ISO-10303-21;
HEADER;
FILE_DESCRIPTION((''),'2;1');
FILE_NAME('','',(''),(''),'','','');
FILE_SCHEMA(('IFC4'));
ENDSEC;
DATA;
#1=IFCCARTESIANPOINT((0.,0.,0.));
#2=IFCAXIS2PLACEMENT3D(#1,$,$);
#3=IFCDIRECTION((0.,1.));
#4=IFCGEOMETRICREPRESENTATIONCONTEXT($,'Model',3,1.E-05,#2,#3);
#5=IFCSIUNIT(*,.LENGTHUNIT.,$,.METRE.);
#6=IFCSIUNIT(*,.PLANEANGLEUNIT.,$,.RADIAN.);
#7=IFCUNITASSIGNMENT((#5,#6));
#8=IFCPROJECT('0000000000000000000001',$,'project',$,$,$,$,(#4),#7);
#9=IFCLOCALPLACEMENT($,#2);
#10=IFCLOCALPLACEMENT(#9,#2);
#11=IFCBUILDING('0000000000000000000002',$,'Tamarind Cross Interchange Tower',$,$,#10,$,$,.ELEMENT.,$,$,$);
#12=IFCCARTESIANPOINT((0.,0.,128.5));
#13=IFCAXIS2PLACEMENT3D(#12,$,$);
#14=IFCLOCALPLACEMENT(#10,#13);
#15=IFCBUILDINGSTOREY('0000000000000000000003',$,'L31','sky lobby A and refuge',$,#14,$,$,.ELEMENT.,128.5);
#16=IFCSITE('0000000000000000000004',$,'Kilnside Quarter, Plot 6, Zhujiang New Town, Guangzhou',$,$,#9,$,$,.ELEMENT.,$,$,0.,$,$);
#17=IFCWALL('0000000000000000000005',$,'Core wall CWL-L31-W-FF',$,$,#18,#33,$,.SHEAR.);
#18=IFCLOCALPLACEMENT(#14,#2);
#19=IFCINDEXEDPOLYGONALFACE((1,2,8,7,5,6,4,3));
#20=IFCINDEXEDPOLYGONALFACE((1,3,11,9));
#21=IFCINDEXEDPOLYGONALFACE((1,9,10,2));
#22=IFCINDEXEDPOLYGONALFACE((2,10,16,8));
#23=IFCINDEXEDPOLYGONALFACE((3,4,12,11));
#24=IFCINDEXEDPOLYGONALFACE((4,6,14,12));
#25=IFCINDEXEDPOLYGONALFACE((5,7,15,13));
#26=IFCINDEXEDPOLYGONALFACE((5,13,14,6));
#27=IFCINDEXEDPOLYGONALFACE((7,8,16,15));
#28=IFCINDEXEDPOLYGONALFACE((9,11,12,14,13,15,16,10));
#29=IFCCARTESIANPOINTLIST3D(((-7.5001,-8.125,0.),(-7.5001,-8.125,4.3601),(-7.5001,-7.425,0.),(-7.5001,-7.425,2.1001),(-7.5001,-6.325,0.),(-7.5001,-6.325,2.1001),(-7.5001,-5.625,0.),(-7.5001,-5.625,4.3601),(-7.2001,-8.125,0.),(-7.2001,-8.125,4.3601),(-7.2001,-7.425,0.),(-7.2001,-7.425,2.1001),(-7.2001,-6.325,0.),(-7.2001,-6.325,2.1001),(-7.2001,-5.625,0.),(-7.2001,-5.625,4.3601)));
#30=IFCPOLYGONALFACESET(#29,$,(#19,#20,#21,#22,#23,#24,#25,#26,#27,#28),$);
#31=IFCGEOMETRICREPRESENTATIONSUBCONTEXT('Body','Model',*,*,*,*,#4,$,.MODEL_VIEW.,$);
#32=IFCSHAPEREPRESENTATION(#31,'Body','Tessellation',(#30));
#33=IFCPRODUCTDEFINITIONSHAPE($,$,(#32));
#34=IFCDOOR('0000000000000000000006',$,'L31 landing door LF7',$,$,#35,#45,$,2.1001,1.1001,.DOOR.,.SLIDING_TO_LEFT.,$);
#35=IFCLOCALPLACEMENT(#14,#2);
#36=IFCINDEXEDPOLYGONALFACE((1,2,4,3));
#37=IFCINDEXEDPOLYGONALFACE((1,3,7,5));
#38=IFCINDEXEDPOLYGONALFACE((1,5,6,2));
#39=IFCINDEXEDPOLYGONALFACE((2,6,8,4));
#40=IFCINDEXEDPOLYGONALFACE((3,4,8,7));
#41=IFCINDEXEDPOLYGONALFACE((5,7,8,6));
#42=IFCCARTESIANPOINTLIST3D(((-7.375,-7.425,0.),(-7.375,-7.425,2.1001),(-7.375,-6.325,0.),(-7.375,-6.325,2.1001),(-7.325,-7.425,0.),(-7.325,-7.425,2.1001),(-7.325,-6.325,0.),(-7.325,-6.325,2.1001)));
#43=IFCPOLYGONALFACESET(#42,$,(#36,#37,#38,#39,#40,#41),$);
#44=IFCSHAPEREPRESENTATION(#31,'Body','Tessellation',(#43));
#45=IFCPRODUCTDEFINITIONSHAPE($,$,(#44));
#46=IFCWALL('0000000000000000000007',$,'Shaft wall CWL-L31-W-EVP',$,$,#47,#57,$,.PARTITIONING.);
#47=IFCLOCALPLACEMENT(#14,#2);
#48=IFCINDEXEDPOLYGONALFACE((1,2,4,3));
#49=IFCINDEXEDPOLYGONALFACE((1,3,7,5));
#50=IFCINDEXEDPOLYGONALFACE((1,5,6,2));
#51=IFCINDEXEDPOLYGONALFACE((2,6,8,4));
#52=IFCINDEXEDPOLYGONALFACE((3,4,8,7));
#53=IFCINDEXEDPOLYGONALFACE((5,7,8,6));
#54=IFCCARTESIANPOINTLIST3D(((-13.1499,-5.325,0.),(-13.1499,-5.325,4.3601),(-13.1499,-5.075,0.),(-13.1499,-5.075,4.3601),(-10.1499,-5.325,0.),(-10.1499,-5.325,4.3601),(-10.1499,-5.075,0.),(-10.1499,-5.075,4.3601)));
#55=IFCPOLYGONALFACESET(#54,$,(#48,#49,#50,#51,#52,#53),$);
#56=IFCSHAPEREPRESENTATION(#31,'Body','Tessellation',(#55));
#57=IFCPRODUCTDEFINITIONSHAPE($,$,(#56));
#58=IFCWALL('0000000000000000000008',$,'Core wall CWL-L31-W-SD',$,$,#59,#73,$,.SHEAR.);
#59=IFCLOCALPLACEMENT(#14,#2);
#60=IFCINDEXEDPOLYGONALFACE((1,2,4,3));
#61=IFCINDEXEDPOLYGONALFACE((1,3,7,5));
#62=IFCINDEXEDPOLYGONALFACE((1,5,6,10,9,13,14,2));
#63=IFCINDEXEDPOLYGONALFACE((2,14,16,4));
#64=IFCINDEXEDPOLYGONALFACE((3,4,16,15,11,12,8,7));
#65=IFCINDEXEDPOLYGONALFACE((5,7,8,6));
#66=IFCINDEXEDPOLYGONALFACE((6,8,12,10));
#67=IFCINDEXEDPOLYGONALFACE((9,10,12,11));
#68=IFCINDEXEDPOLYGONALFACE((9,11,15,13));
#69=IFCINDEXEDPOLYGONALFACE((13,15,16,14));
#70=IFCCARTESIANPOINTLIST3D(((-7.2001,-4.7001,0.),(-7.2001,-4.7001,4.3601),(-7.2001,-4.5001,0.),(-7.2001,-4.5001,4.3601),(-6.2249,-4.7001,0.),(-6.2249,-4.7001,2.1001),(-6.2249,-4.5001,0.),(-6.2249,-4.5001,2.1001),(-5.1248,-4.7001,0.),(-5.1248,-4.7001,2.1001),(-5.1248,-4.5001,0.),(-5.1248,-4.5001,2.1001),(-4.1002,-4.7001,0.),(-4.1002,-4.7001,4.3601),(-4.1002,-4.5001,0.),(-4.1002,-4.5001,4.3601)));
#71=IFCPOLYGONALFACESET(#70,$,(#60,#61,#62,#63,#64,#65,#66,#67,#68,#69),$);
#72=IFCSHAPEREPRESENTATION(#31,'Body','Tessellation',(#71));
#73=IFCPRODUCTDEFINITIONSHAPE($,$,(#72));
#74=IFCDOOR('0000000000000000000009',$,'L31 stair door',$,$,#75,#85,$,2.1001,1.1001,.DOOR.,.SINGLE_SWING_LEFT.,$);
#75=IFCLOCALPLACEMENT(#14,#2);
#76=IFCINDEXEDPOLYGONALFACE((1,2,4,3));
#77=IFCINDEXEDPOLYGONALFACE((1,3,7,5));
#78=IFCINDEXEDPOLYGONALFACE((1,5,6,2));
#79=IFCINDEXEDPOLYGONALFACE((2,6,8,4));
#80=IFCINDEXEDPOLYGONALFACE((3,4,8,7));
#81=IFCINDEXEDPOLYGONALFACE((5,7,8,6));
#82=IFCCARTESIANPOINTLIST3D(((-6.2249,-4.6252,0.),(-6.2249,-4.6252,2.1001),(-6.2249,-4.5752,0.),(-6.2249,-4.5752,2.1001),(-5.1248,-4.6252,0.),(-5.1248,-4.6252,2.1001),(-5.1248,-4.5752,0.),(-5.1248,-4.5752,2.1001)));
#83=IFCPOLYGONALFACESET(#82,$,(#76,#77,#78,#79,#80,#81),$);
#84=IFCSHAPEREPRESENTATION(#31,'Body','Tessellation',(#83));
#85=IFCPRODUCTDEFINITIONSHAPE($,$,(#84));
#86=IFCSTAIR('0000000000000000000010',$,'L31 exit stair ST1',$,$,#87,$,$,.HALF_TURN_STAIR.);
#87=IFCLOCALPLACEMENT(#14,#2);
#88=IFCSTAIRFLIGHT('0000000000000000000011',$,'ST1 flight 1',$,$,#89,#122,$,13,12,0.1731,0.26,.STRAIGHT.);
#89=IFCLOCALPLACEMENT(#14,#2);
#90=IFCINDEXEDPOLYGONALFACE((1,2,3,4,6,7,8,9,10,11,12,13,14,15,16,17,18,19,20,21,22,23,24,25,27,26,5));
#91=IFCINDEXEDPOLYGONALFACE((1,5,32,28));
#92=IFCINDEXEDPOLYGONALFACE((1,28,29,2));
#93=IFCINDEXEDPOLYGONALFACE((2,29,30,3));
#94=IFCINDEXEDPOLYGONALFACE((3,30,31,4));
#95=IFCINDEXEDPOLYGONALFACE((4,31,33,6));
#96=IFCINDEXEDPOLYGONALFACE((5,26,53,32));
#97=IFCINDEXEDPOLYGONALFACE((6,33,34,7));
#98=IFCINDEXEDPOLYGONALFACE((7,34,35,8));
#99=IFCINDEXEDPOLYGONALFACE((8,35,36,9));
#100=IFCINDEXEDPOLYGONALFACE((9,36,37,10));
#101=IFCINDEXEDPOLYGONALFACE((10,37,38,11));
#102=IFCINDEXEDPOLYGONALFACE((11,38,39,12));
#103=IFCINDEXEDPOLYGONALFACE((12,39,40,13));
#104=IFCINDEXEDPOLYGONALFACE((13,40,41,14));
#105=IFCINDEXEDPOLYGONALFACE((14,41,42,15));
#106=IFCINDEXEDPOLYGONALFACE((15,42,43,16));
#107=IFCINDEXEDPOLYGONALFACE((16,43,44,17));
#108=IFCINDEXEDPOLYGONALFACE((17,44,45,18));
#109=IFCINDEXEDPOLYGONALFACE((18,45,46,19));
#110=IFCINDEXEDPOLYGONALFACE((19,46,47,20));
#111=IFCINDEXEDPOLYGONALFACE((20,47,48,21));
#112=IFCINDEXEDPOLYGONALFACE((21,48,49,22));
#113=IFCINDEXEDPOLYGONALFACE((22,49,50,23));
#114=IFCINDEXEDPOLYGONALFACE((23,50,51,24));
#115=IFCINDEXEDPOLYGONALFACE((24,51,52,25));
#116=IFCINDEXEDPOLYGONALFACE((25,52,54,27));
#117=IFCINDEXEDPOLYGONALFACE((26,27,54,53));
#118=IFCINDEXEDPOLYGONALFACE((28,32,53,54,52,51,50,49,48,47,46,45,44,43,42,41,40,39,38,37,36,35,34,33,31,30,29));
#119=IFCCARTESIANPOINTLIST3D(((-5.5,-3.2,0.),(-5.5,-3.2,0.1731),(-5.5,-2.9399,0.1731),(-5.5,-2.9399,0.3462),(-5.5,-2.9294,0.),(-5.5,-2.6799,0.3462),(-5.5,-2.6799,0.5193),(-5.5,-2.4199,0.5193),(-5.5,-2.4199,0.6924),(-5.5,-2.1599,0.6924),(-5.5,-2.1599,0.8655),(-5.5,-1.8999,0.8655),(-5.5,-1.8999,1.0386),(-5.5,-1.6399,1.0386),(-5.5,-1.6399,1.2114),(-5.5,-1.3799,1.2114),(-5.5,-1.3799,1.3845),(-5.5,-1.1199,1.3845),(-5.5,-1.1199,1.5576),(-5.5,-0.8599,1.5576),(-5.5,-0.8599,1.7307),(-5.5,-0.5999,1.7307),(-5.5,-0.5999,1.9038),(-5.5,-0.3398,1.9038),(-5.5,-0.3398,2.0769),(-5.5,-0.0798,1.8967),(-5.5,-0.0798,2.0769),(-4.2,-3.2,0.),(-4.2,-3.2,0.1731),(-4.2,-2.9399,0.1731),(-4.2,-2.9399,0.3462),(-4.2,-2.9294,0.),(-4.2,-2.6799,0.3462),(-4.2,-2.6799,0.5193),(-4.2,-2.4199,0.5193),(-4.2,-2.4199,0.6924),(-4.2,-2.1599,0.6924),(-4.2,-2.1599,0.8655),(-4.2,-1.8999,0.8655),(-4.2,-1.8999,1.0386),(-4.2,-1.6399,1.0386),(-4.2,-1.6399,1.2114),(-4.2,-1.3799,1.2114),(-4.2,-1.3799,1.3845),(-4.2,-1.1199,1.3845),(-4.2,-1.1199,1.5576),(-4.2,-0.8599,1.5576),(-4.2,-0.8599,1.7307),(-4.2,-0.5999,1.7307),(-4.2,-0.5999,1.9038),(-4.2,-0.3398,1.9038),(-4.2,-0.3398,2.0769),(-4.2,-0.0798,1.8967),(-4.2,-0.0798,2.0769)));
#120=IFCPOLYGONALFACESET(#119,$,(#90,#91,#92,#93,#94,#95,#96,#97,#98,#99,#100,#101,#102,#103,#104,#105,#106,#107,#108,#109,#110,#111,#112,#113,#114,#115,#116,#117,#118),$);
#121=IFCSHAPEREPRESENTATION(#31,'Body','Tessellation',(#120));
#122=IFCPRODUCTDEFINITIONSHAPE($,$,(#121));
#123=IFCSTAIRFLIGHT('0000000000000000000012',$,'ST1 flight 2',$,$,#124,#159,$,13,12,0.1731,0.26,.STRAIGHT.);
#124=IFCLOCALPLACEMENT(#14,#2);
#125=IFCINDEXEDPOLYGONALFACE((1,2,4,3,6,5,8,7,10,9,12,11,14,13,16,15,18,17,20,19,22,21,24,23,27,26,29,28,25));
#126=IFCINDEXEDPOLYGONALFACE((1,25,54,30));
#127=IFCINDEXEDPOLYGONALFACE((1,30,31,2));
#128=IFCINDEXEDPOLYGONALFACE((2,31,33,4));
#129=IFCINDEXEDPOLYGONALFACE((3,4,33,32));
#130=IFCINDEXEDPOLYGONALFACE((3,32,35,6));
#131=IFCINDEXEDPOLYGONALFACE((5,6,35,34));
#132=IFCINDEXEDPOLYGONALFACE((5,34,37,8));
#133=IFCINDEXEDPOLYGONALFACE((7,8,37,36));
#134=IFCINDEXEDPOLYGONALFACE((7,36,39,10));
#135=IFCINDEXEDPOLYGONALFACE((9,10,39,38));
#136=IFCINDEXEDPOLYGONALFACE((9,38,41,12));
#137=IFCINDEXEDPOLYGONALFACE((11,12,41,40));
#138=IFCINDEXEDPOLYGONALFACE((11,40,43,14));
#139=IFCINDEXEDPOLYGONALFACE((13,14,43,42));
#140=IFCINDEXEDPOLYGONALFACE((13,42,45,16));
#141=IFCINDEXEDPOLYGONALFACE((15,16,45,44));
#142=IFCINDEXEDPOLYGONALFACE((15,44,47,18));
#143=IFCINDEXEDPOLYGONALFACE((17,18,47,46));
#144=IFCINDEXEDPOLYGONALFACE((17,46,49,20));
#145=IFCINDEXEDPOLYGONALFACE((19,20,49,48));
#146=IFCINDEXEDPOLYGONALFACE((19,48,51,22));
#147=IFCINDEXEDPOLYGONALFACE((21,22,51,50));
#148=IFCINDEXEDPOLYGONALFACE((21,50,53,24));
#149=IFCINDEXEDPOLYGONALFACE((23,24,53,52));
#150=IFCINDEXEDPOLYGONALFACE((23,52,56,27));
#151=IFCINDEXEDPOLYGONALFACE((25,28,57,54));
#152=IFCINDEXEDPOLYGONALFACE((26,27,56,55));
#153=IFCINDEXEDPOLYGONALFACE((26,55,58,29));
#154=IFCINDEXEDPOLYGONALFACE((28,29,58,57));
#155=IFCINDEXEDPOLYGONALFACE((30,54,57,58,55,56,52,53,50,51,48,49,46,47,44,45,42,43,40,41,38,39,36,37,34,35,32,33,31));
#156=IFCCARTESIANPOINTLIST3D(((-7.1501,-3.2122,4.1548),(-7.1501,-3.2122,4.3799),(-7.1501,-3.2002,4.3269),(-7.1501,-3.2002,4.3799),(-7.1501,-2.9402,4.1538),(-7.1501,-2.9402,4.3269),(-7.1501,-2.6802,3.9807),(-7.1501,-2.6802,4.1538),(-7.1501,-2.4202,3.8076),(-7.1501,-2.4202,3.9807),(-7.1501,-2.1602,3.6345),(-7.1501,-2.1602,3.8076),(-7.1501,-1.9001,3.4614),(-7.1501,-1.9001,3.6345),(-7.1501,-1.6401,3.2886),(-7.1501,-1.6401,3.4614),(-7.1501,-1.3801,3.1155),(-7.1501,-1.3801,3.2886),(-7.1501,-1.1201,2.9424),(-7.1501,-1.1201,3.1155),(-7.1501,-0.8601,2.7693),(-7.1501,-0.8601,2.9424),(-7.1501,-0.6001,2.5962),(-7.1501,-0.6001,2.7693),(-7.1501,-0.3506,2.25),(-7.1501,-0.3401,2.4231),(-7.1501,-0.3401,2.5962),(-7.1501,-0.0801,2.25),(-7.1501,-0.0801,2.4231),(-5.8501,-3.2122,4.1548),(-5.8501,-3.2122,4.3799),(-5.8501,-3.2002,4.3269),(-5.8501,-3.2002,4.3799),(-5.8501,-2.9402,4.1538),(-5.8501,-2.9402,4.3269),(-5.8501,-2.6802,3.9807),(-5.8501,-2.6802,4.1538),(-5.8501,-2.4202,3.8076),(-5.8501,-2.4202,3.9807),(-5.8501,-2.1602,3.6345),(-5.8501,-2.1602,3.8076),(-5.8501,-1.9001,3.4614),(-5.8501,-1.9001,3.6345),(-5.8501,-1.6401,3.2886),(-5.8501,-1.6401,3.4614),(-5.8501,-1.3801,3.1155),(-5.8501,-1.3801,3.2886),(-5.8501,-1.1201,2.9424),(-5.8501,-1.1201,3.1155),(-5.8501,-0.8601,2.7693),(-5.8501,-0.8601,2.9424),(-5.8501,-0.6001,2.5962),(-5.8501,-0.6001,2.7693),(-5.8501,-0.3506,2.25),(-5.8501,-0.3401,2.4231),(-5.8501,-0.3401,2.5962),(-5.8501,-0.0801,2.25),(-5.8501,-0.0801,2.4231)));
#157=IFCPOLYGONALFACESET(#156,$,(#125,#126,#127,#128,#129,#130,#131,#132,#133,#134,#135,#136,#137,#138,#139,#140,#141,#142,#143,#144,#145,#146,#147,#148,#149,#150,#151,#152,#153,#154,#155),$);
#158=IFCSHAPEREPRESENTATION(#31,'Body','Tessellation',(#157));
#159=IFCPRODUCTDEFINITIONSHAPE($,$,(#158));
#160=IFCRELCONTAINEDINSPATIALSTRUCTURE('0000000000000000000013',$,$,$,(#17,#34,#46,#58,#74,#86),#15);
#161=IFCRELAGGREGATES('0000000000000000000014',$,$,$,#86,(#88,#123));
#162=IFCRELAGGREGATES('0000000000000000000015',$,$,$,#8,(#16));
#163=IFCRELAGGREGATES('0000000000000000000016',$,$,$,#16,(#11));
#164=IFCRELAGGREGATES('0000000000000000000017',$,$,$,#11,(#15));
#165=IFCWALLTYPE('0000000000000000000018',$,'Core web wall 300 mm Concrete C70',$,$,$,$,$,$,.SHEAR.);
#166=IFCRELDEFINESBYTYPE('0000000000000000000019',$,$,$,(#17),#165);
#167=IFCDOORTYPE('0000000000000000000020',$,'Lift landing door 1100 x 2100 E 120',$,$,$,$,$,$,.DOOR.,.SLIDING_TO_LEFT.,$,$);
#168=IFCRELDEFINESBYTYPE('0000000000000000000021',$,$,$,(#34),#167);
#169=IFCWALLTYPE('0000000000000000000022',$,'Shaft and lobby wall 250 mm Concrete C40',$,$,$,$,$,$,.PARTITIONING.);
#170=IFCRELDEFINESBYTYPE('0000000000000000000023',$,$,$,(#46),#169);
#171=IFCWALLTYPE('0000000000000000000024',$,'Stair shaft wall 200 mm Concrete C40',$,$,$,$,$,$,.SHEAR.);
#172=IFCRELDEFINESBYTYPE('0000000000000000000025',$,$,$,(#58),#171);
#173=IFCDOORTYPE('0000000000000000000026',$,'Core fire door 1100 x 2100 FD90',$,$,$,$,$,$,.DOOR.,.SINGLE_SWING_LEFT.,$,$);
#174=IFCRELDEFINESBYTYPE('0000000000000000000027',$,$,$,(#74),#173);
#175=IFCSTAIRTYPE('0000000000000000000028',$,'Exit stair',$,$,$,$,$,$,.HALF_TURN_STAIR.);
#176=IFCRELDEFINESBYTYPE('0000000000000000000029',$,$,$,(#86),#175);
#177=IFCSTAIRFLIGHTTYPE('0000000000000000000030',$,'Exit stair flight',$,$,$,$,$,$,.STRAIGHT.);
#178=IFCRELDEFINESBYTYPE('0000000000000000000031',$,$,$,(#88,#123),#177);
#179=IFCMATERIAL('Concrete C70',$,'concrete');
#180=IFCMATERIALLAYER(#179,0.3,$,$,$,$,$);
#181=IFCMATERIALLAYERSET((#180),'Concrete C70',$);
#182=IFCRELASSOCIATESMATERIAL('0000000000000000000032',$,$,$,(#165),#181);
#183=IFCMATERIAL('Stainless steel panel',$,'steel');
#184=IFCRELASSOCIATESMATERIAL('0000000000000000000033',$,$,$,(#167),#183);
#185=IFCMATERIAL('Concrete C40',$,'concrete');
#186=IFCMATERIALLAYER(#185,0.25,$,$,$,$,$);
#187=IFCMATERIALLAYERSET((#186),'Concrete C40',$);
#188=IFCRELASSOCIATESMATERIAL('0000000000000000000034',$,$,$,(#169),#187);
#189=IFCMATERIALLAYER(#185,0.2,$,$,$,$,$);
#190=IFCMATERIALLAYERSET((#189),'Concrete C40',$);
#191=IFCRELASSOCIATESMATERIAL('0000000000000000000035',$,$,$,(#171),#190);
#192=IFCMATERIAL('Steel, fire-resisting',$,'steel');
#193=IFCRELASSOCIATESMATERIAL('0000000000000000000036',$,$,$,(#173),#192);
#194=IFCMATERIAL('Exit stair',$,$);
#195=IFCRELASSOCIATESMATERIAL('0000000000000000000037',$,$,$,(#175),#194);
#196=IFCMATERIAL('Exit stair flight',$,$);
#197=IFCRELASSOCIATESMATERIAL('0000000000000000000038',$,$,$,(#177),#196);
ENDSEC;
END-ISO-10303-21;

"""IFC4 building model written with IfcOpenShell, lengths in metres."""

from ifc_helpers import new_model, si_unit, direction, frame, frame_2d, origin, place, context, subcontext, project, spatial, polyline, rectangle, outline, extrude, material, layer, layer_set, type_object, element, fill, aggregate, save


model = new_model("IFC4")

# Units and contexts
model_context = context("Model", 3, precision=1e-05, world=origin(), true_north=direction((0.0, 1.0)))
body_context = subcontext(model_context, "Body", "Model", "MODEL_VIEW")
ifc_project = project(units=[si_unit("LENGTHUNIT", "METRE"), si_unit("PLANEANGLEUNIT", "RADIAN")], contexts=[model_context])

# Site, building, storey
site_placement = place(None, origin())
site = spatial("IfcSite", under=ifc_project, at=site_placement, Name="Kilnside Quarter, Plot 6, Zhujiang New Town, Guangzhou", CompositionType="ELEMENT", RefElevation=0.0)
building_placement = place(site_placement, origin())
building = spatial("IfcBuilding", under=site, at=building_placement, Name="Tamarind Cross Interchange Tower", CompositionType="ELEMENT")
storey_placement = place(building_placement, frame((0.0, 0.0, 128.5)))
storey = spatial("IfcBuildingStorey", under=building, at=storey_placement, Name="L31", Description="sky lobby A and refuge", CompositionType="ELEMENT", Elevation=128.5)

# Shared definitions
ifc_material_1 = material(Name="Concrete C40", Category="concrete")

# Shared definitions
ifc_material_2 = material(Name="Concrete C70", Category="concrete")
ifc_material_3 = material(Name="Steel, fire-resisting", Category="steel")

# Wall, opening, door
ifc_layer_1 = layer(ifc_material_2, 0.3)
ifc_layer_set_1 = layer_set([ifc_layer_1], Name="Concrete C70")
wall_type_1 = type_object("IfcWallType", Name="Core web wall 300 mm Concrete C70", PredefinedType="SHEAR", material=ifc_layer_set_1)
wall_1_placement = place(storey_placement, frame((-7.3501, -8.125, 0.0), z_axis=(0.0, 0.0, 1.0), x_axis=(0.0, 1.0, 0.0)))
wall_1 = element("IfcWall", 1, at=wall_1_placement, inside=storey, type_object=wall_type_1, Name="Core wall CWL-L31-W-FF", PredefinedType="SHEAR", context=body_context, shape_type="SweptSolid", body=[
    extrude(rectangle(XDim=2.5, YDim=0.3, at=frame_2d((1.25, 0.0))), origin(), (0.0, 0.0, 1.0), 4.3601),
])
opening_1_placement = place(wall_1_placement, frame((0.7, 0.0, 0.0)))
opening_1 = element("IfcOpeningElement", 2, at=opening_1_placement, cuts=wall_1, PredefinedType="OPENING", context=body_context, shape_type="SweptSolid", body=[
    extrude(rectangle(XDim=1.1001, YDim=2.1001, at=frame_2d((0.55, 1.05))), frame((0.0, 0.1599, 0.0), z_axis=(0.0, -1.0, 0.0), x_axis=(1.0, 0.0, 0.0)), (0.0, 0.0, 1.0), 0.3201),
])
ifc_material_4 = material(Name="Stainless steel panel", Category="steel")
door_type_1 = type_object("IfcDoorType", Name="Lift landing door 1100 x 2100 E 120", OperationType="SLIDING_TO_LEFT", PredefinedType="DOOR", material=ifc_material_4)
door_1_placement = place(opening_1_placement, origin())
door_1 = element("IfcDoor", 3, at=door_1_placement, inside=storey, type_object=door_type_1, Name="L31 landing door LF7", OperationType="SLIDING_TO_LEFT", OverallHeight=2.1001, OverallWidth=1.1001, PredefinedType="DOOR", context=body_context, shape_type="SweptSolid", body=[
    extrude(rectangle(XDim=1.1001, YDim=2.1001, at=frame_2d((0.55, 1.05))), frame((0.0, 0.0249, 0.0), z_axis=(0.0, -1.0, 0.0), x_axis=(1.0, 0.0, 0.0)), (0.0, 0.0, 1.0), 0.05),
])
fill(opening_1, door_1)

# Wall
ifc_layer_2 = layer(ifc_material_1, 0.25)
ifc_layer_set_2 = layer_set([ifc_layer_2], Name="Concrete C40")
wall_type_2 = type_object("IfcWallType", Name="Shaft and lobby wall 250 mm Concrete C40", PredefinedType="PARTITIONING", material=ifc_layer_set_2)
wall_2_placement = place(storey_placement, frame((-13.1499, -5.2, 0.0), z_axis=(0.0, 0.0, 1.0), x_axis=(1.0, 0.0, 0.0)))
element("IfcWall", 4, at=wall_2_placement, inside=storey, type_object=wall_type_2, Name="Shaft wall CWL-L31-W-EVP", PredefinedType="PARTITIONING", context=body_context, shape_type="SweptSolid", body=[
    extrude(rectangle(XDim=3.0, YDim=0.25, at=frame_2d((1.5, 0.0))), origin(), (0.0, 0.0, 1.0), 4.3601),
])

# Wall, opening, door
ifc_layer_3 = layer(ifc_material_1, 0.2)
ifc_layer_set_3 = layer_set([ifc_layer_3], Name="Concrete C40")
wall_type_3 = type_object("IfcWallType", Name="Stair shaft wall 200 mm Concrete C40", PredefinedType="SHEAR", material=ifc_layer_set_3)
wall_3_placement = place(storey_placement, frame((-7.2, -4.6001, 0.0), z_axis=(0.0, 0.0, 1.0), x_axis=(1.0, 0.0, 0.0)))
wall_3 = element("IfcWall", 5, at=wall_3_placement, inside=storey, type_object=wall_type_3, Name="Core wall CWL-L31-W-SD", PredefinedType="SHEAR", context=body_context, shape_type="SweptSolid", body=[
    extrude(rectangle(XDim=3.0999, YDim=0.2, at=frame_2d((1.5498, 0.0))), origin(), (0.0, 0.0, 1.0), 4.3601),
])
opening_2_placement = place(wall_3_placement, frame((0.9751, 0.0, 0.0)))
opening_2 = element("IfcOpeningElement", 6, at=opening_2_placement, cuts=wall_3, PredefinedType="OPENING", context=body_context, shape_type="SweptSolid", body=[
    extrude(rectangle(XDim=1.1001, YDim=2.1001, at=frame_2d((0.55, 1.05))), frame((0.0, 0.1099, 0.0), z_axis=(0.0, -1.0, 0.0), x_axis=(1.0, 0.0, 0.0)), (0.0, 0.0, 1.0), 0.22),
])
door_type_2 = type_object("IfcDoorType", Name="Core fire door 1100 x 2100 FD90", OperationType="SINGLE_SWING_LEFT", PredefinedType="DOOR", material=ifc_material_3)
door_2_placement = place(opening_2_placement, origin())
door_2 = element("IfcDoor", 7, at=door_2_placement, inside=storey, type_object=door_type_2, Name="L31 stair door", OperationType="SINGLE_SWING_LEFT", OverallHeight=2.1001, OverallWidth=1.1001, PredefinedType="DOOR", context=body_context, shape_type="SweptSolid", body=[
    extrude(rectangle(XDim=1.1001, YDim=2.1001, at=frame_2d((0.55, 1.05))), frame((0.0, 0.0249, 0.0), z_axis=(0.0, -1.0, 0.0), x_axis=(1.0, 0.0, 0.0)), (0.0, 0.0, 1.0), 0.05),
])
fill(opening_2, door_2)

# Stair, stair flights
ifc_material_5 = material(Name="Exit stair")
stair_type = type_object("IfcStairType", Name="Exit stair", PredefinedType="HALF_TURN_STAIR", material=ifc_material_5)
stair_placement = place(storey_placement, origin())
stair = element("IfcStair", 8, at=stair_placement, inside=storey, type_object=stair_type, Name="L31 exit stair ST1", PredefinedType="HALF_TURN_STAIR")
ifc_material_6 = material(Name="Exit stair flight")
stair_flight_type = type_object("IfcStairFlightType", Name="Exit stair flight", PredefinedType="STRAIGHT", material=ifc_material_6)
stair_flight_1_placement = place(storey_placement, frame((-4.8501, -3.2, 0.0), z_axis=(0.0, 0.0, 1.0), x_axis=(0.0, 1.0, 0.0)))
stair_flight_1 = element("IfcStairFlight", 9, at=stair_flight_1_placement, type_object=stair_flight_type, Name="ST1 flight 1", NumberOfRisers=13, NumberOfTreads=12, PredefinedType="STRAIGHT", RiserHeight=0.1731, TreadLength=0.26, context=body_context, shape_type="SweptSolid", body=[
    extrude(outline(polyline([(0.0, 0.0), (0.0, 0.1731), (0.26, 0.1731), (0.26, 0.3462), (0.52, 0.3462), (0.52, 0.5193), (0.78, 0.5193), (0.78, 0.6924), (1.04, 0.6924), (1.04, 0.8655), (1.3, 0.8655), (1.3, 1.0386), (1.5601, 1.0386), (1.5601, 1.2114), (1.8201, 1.2114), (1.8201, 1.3845), (2.0801, 1.3845), (2.0801, 1.5576), (2.3401, 1.5576), (2.3401, 1.7307), (2.6001, 1.7307), (2.6001, 1.9038), (2.8601, 1.9038), (2.8601, 2.0769), (3.1201, 2.0769), (3.1201, 2.25), (3.1201, 1.8967), (0.2705, 0.0), (0.0, 0.0)])), frame((0.0, 0.6499, 0.0), z_axis=(0.0, -1.0, 0.0), x_axis=(1.0, 0.0, 0.0)), (0.0, 0.0, 1.0), 1.3),
])
stair_flight_2_placement = place(storey_placement, frame((-6.5, -0.0801, 2.25), z_axis=(0.0, 0.0, 1.0), x_axis=(0.0, -1.0, 0.0)))
stair_flight_2 = element("IfcStairFlight", 10, at=stair_flight_2_placement, type_object=stair_flight_type, Name="ST1 flight 2", NumberOfRisers=13, NumberOfTreads=12, PredefinedType="STRAIGHT", RiserHeight=0.1731, TreadLength=0.26, context=body_context, shape_type="SweptSolid", body=[
    extrude(outline(polyline([(0.0, 0.0), (0.0, 0.1731), (0.26, 0.1731), (0.26, 0.3462), (0.52, 0.3462), (0.52, 0.5193), (0.78, 0.5193), (0.78, 0.6924), (1.04, 0.6924), (1.04, 0.8655), (1.3, 0.8655), (1.3, 1.0386), (1.5601, 1.0386), (1.5601, 1.2114), (1.8201, 1.2114), (1.8201, 1.3845), (2.0801, 1.3845), (2.0801, 1.5576), (2.3401, 1.5576), (2.3401, 1.7307), (2.6001, 1.7307), (2.6001, 1.9038), (2.8601, 1.9038), (2.8601, 2.0769), (3.1201, 2.0769), (3.1201, 2.1299), (3.1321, 2.1299), (3.1321, 1.9048), (0.2705, 0.0), (0.0, 0.0)])), frame((0.0, 0.6499, 0.0), z_axis=(0.0, -1.0, 0.0), x_axis=(1.0, 0.0, 0.0)), (0.0, 0.0, 1.0), 1.3),
])
aggregate(stair, [stair_flight_1, stair_flight_2])

save(model, "model.ifc")
